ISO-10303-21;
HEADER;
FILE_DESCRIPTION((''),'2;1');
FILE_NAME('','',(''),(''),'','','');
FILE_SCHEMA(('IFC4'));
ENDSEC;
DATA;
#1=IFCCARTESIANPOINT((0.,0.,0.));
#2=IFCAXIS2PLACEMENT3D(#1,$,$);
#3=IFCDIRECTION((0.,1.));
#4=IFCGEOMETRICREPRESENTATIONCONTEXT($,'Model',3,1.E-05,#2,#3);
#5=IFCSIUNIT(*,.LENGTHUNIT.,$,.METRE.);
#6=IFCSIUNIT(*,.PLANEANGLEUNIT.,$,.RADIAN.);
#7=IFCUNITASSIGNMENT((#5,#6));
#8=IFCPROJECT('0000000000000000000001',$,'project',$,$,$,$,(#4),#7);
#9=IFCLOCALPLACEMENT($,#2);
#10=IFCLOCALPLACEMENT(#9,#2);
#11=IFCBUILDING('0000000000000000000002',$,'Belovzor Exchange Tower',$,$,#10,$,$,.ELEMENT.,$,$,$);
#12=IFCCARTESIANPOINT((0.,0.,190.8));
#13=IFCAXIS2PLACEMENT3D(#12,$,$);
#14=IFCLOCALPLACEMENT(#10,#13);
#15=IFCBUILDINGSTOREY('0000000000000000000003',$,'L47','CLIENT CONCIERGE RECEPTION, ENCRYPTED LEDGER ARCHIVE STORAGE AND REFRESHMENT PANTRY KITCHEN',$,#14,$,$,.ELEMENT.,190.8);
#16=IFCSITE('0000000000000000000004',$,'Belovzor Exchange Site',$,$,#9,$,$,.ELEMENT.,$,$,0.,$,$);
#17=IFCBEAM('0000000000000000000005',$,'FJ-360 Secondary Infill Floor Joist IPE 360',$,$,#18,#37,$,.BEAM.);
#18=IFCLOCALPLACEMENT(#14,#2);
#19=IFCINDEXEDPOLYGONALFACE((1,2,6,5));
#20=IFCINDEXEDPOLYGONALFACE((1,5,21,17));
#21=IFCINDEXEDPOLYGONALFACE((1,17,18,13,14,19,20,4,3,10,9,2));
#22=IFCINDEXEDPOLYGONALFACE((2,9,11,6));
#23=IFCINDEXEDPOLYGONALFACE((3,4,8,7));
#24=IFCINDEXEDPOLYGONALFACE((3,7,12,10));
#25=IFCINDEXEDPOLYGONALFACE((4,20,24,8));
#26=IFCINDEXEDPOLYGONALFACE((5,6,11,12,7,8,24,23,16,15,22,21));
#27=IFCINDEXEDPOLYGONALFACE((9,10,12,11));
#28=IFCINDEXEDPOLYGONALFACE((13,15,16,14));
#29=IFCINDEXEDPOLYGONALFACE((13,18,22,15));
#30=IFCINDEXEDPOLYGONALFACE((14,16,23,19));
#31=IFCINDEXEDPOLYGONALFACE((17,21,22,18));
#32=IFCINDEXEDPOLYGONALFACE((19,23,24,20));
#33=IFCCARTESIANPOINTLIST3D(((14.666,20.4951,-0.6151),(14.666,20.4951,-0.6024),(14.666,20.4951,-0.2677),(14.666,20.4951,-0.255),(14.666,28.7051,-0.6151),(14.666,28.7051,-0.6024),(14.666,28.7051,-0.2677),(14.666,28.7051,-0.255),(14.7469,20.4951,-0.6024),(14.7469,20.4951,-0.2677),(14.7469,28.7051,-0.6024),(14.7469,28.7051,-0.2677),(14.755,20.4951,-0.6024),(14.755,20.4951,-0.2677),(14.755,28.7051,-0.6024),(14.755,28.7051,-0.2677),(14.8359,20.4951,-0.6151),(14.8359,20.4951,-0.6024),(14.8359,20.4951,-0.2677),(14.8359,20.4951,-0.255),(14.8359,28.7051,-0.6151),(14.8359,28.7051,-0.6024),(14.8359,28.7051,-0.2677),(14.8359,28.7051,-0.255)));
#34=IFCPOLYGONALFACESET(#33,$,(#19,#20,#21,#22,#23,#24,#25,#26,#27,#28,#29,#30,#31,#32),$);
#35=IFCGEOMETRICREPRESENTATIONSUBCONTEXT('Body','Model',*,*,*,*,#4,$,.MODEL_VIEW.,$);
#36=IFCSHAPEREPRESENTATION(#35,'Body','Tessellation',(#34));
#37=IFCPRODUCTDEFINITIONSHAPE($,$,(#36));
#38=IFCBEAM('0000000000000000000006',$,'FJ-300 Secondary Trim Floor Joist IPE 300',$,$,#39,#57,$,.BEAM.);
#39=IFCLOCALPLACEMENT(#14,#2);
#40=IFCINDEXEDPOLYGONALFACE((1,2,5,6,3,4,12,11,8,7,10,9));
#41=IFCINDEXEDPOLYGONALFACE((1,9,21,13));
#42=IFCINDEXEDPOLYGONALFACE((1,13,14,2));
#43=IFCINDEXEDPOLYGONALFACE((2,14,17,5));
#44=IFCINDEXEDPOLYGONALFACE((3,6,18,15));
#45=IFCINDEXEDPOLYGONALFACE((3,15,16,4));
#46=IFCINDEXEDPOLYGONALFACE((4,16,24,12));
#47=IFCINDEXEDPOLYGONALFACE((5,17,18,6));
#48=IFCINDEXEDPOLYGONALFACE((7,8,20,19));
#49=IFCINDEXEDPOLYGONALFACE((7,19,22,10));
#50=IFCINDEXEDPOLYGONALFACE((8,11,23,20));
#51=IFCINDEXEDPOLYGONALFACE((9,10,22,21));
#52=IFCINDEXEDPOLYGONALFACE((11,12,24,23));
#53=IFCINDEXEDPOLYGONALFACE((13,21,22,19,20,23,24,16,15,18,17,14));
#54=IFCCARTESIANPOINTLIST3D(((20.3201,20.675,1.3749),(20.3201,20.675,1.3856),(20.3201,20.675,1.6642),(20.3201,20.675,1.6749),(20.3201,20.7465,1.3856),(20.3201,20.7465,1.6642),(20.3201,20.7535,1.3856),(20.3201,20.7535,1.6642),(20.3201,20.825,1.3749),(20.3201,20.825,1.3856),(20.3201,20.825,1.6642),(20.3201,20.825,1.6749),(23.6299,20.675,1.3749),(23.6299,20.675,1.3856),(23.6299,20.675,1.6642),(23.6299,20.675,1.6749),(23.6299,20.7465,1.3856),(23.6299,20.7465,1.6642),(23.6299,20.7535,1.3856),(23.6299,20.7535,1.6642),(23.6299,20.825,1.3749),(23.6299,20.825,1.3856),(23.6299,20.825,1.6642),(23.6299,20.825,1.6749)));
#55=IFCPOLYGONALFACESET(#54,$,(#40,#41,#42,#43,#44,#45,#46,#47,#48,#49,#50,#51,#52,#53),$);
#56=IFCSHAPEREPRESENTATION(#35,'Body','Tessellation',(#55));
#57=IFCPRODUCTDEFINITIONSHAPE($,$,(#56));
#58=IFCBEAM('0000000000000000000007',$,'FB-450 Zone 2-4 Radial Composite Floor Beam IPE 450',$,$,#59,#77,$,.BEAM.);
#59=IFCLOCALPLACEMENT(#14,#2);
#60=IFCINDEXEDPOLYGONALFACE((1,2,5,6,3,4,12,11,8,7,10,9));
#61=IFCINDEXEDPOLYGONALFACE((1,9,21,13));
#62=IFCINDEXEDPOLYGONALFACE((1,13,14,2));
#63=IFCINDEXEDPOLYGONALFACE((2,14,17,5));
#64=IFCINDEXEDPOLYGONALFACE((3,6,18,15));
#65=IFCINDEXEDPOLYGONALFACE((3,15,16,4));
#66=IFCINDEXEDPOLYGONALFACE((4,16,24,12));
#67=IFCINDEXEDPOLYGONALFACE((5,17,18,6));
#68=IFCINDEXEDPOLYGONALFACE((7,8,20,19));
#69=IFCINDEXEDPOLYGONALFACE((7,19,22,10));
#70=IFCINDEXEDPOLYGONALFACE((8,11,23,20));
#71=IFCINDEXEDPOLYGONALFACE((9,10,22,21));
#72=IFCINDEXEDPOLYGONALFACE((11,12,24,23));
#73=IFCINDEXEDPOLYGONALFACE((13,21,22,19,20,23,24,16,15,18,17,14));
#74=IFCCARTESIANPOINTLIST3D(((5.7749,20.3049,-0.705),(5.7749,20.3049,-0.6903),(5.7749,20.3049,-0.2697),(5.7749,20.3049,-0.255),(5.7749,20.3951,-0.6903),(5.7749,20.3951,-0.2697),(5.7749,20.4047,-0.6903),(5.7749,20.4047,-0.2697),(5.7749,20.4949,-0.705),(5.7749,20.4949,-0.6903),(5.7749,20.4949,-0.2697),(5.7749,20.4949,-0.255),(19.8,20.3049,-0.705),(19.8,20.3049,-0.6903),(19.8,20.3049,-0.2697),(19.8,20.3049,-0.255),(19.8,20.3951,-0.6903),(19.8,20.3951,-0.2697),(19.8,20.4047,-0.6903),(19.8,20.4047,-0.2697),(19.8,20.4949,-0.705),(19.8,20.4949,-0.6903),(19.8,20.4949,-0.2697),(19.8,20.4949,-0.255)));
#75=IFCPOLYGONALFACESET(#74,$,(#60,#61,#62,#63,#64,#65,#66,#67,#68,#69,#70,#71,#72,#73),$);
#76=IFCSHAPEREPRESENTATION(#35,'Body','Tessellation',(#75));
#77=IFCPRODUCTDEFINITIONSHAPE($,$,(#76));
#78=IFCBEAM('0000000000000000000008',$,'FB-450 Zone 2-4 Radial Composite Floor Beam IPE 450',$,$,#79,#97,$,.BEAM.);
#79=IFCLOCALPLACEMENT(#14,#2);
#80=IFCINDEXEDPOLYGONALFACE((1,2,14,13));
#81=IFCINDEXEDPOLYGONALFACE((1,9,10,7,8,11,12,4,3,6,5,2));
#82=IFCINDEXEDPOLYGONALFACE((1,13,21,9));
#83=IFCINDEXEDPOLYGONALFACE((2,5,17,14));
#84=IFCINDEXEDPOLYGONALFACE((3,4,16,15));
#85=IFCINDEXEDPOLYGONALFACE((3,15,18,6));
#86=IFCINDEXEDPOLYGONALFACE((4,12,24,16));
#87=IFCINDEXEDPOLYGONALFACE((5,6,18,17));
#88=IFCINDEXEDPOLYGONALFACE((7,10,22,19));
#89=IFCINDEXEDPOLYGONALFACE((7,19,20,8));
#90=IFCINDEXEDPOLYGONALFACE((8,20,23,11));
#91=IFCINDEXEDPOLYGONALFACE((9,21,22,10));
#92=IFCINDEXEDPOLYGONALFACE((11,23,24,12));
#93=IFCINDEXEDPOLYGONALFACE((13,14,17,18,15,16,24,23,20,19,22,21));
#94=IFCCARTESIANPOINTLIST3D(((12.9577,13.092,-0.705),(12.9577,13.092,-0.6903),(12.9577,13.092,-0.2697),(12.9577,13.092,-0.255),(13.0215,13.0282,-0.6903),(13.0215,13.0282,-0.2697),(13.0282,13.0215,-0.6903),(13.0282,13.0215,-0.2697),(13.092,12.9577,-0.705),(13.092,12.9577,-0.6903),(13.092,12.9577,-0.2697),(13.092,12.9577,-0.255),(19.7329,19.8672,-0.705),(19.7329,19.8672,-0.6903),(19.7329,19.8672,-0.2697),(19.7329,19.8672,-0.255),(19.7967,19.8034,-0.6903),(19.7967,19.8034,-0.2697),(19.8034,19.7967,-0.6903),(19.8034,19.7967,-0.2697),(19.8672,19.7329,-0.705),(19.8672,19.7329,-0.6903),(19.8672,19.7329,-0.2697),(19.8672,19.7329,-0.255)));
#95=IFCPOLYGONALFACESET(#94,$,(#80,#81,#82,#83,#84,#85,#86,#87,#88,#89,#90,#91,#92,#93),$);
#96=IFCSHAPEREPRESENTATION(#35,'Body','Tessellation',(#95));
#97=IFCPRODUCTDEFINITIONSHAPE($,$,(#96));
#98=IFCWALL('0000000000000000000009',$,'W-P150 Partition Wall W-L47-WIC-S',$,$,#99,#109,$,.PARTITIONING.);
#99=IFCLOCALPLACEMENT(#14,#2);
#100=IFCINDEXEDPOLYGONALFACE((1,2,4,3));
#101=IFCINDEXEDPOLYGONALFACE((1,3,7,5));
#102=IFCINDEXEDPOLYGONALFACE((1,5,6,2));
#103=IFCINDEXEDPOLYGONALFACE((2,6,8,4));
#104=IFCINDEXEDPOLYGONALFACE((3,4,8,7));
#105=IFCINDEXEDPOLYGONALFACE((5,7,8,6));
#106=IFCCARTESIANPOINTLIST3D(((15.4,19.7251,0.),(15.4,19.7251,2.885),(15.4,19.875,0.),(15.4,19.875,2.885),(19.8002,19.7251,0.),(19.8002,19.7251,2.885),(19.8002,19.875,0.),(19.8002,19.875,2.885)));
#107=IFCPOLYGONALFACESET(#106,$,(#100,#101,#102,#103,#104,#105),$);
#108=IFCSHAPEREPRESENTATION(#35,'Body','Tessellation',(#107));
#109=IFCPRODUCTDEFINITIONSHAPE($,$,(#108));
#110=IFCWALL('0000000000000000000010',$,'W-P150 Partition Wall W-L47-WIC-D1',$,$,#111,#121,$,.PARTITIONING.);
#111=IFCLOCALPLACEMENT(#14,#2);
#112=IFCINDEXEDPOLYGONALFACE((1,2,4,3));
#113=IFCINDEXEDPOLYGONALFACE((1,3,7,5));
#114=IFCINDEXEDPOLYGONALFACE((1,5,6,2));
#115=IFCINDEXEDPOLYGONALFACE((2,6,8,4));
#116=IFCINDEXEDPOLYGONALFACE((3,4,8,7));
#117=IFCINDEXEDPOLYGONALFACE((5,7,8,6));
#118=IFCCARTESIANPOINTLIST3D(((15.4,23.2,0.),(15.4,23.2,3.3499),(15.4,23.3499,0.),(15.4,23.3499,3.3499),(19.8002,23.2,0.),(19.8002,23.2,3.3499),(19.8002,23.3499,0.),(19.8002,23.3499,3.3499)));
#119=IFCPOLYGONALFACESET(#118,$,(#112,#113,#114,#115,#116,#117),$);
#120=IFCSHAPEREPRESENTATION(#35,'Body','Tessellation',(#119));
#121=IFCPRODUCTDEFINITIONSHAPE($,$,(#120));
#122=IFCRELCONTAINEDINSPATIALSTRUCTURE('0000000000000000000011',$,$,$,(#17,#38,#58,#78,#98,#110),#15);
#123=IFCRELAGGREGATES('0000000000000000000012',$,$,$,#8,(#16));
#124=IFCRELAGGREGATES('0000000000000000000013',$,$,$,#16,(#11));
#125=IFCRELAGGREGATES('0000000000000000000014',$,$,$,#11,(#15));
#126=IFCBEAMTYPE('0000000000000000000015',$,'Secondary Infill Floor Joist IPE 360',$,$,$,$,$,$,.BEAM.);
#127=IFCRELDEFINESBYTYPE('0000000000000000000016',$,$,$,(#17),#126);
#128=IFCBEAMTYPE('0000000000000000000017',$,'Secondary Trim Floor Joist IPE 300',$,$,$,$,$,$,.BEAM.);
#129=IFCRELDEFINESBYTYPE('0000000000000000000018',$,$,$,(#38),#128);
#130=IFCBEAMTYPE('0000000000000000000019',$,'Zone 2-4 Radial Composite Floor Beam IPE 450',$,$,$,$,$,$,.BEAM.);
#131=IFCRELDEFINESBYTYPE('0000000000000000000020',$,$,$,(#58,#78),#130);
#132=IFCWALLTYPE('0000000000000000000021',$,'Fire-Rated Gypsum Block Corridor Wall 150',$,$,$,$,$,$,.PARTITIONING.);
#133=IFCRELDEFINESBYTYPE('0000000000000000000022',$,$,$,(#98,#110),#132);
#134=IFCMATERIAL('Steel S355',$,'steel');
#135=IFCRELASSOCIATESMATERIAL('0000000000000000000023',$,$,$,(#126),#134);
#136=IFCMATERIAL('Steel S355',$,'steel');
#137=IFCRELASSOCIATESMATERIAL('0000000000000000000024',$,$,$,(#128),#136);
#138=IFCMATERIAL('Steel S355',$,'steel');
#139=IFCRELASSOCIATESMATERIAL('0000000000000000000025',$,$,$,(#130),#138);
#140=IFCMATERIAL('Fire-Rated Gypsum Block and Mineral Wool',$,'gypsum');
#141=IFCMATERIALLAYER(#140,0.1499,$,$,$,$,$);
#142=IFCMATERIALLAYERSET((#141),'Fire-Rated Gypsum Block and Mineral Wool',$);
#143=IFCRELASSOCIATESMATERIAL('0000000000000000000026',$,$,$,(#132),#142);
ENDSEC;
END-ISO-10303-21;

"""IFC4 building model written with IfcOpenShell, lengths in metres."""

from ifc_helpers import new_model, si_unit, direction, frame, frame_2d, origin, origin_2d, place, context, subcontext, project, spatial, rectangle, i_section, extrude, material, layer, layer_set, material_profile, profile_set, type_object, element, save


model = new_model("IFC4")

# Units and contexts
model_context = context("Model", 3, precision=1e-05, world=origin(), true_north=direction((0.0, 1.0)))
body_context = subcontext(model_context, "Body", "Model", "MODEL_VIEW")
ifc_project = project(units=[si_unit("LENGTHUNIT", "METRE"), si_unit("PLANEANGLEUNIT", "RADIAN")], contexts=[model_context])

# Site, building, storey
site_placement = place(None, origin())
site = spatial("IfcSite", under=ifc_project, at=site_placement, Name="Belovzor Exchange Site", CompositionType="ELEMENT", RefElevation=0.0)
building_placement = place(site_placement, origin())
building = spatial("IfcBuilding", under=site, at=building_placement, Name="Belovzor Exchange Tower", CompositionType="ELEMENT")
storey_placement = place(building_placement, frame((0.0, 0.0, 190.8)))
storey = spatial("IfcBuildingStorey", under=building, at=storey_placement, Name="L47", Description="CLIENT CONCIERGE RECEPTION, ENCRYPTED LEDGER ARCHIVE STORAGE AND REFRESHMENT PANTRY KITCHEN", CompositionType="ELEMENT", Elevation=190.8)

# Beams
ifc_material_1 = material(Name="Steel S355", Category="steel")
ifc_material_profile_1 = material_profile(ifc_material_1, i_section(OverallWidth=0.1699, OverallDepth=0.3601, WebThickness=0.0081, FlangeThickness=0.0127, at=origin_2d()))
ifc_profile_set_1 = profile_set([ifc_material_profile_1], Name="Steel S355")
beam_type_1 = type_object("IfcBeamType", Name="Secondary Infill Floor Joist IPE 360", PredefinedType="BEAM", material=ifc_profile_set_1)
beam_1_placement = place(storey_placement, frame((14.751, 20.4951, -0.4351), z_axis=(0.0, 1.0, 0.0), x_axis=(-1.0, 0.0, 0.0)))
element("IfcBeam", 1, at=beam_1_placement, inside=storey, type_object=beam_type_1, Name="FJ-360 Secondary Infill Floor Joist IPE 360", PredefinedType="BEAM", context=body_context, shape_type="SweptSolid", body=[
    extrude(i_section(OverallWidth=0.1699, OverallDepth=0.3601, WebThickness=0.0081, FlangeThickness=0.0127, at=origin_2d()), origin(), (0.0, 0.0, 1.0), 8.21),
])
ifc_material_2 = material(Name="Steel S355", Category="steel")
ifc_material_profile_2 = material_profile(ifc_material_2, i_section(OverallWidth=0.1499, OverallDepth=0.3, WebThickness=0.0071, FlangeThickness=0.0107, at=origin_2d()))
ifc_profile_set_2 = profile_set([ifc_material_profile_2], Name="Steel S355")
beam_type_2 = type_object("IfcBeamType", Name="Secondary Trim Floor Joist IPE 300", PredefinedType="BEAM", material=ifc_profile_set_2)
beam_2_placement = place(storey_placement, frame((20.3201, 20.75, 1.5249), z_axis=(1.0, 0.0, 0.0), x_axis=(0.0, 1.0, 0.0)))
element("IfcBeam", 2, at=beam_2_placement, inside=storey, type_object=beam_type_2, Name="FJ-300 Secondary Trim Floor Joist IPE 300", PredefinedType="BEAM", context=body_context, shape_type="SweptSolid", body=[
    extrude(i_section(OverallWidth=0.1499, OverallDepth=0.3, WebThickness=0.0071, FlangeThickness=0.0107, at=origin_2d()), origin(), (0.0, 0.0, 1.0), 3.3098),
])
ifc_material_3 = material(Name="Steel S355", Category="steel")
ifc_material_profile_3 = material_profile(ifc_material_3, i_section(OverallWidth=0.1899, OverallDepth=0.45, WebThickness=0.0095, FlangeThickness=0.0146, at=origin_2d()))
ifc_profile_set_3 = profile_set([ifc_material_profile_3], Name="Steel S355")
beam_type_3 = type_object("IfcBeamType", Name="Zone 2-4 Radial Composite Floor Beam IPE 450", PredefinedType="BEAM", material=ifc_profile_set_3)
beam_3_placement = place(storey_placement, frame((19.8, 20.3999, -0.48), z_axis=(-1.0, 0.0, 0.0), x_axis=(0.0, -1.0, 0.0)))
element("IfcBeam", 3, at=beam_3_placement, inside=storey, type_object=beam_type_3, Name="FB-450 Zone 2-4 Radial Composite Floor Beam IPE 450", PredefinedType="BEAM", context=body_context, shape_type="SweptSolid", body=[
    extrude(i_section(OverallWidth=0.1899, OverallDepth=0.45, WebThickness=0.0095, FlangeThickness=0.0146, at=origin_2d()), origin(), (0.0, 0.0, 1.0), 14.0251),
])
beam_4_placement = place(storey_placement, frame((19.8, 19.8, -0.48), z_axis=(-0.707107, -0.707107, 0.0), x_axis=(0.707107, -0.707107, 0.0)))
element("IfcBeam", 4, at=beam_4_placement, inside=storey, type_object=beam_type_3, Name="FB-450 Zone 2-4 Radial Composite Floor Beam IPE 450", PredefinedType="BEAM", context=body_context, shape_type="SweptSolid", body=[
    extrude(i_section(OverallWidth=0.1899, OverallDepth=0.45, WebThickness=0.0095, FlangeThickness=0.0146, at=origin_2d()), origin(), (0.0, 0.0, 1.0), 9.5815),
])

# Walls
ifc_material_4 = material(Name="Fire-Rated Gypsum Block and Mineral Wool", Category="gypsum")
ifc_layer_1 = layer(ifc_material_4, 0.1499)
ifc_layer_set_1 = layer_set([ifc_layer_1], Name="Fire-Rated Gypsum Block and Mineral Wool")
wall_type_1 = type_object("IfcWallType", Name="Fire-Rated Gypsum Block Corridor Wall 150", PredefinedType="PARTITIONING", material=ifc_layer_set_1)
wall_1_placement = place(storey_placement, frame((15.3999, 19.8, 0.0), z_axis=(0.0, 0.0, 1.0), x_axis=(1.0, 0.0, 0.0)))
element("IfcWall", 5, at=wall_1_placement, inside=storey, type_object=wall_type_1, Name="W-P150 Partition Wall W-L47-WIC-S", PredefinedType="PARTITIONING", context=body_context, shape_type="SweptSolid", body=[
    extrude(rectangle(XDim=4.4001, YDim=0.1499, at=frame_2d((2.2002, 0.0))), origin(), (0.0, 0.0, 1.0), 2.885),
])
wall_2_placement = place(storey_placement, frame((15.3999, 23.2749, 0.0), z_axis=(0.0, 0.0, 1.0), x_axis=(1.0, 0.0, 0.0)))
element("IfcWall", 6, at=wall_2_placement, inside=storey, type_object=wall_type_1, Name="W-P150 Partition Wall W-L47-WIC-D1", PredefinedType="PARTITIONING", context=body_context, shape_type="SweptSolid", body=[
    extrude(rectangle(XDim=4.4001, YDim=0.1499, at=frame_2d((2.2002, 0.0))), origin(), (0.0, 0.0, 1.0), 3.3499),
])

save(model, "model.ifc")
